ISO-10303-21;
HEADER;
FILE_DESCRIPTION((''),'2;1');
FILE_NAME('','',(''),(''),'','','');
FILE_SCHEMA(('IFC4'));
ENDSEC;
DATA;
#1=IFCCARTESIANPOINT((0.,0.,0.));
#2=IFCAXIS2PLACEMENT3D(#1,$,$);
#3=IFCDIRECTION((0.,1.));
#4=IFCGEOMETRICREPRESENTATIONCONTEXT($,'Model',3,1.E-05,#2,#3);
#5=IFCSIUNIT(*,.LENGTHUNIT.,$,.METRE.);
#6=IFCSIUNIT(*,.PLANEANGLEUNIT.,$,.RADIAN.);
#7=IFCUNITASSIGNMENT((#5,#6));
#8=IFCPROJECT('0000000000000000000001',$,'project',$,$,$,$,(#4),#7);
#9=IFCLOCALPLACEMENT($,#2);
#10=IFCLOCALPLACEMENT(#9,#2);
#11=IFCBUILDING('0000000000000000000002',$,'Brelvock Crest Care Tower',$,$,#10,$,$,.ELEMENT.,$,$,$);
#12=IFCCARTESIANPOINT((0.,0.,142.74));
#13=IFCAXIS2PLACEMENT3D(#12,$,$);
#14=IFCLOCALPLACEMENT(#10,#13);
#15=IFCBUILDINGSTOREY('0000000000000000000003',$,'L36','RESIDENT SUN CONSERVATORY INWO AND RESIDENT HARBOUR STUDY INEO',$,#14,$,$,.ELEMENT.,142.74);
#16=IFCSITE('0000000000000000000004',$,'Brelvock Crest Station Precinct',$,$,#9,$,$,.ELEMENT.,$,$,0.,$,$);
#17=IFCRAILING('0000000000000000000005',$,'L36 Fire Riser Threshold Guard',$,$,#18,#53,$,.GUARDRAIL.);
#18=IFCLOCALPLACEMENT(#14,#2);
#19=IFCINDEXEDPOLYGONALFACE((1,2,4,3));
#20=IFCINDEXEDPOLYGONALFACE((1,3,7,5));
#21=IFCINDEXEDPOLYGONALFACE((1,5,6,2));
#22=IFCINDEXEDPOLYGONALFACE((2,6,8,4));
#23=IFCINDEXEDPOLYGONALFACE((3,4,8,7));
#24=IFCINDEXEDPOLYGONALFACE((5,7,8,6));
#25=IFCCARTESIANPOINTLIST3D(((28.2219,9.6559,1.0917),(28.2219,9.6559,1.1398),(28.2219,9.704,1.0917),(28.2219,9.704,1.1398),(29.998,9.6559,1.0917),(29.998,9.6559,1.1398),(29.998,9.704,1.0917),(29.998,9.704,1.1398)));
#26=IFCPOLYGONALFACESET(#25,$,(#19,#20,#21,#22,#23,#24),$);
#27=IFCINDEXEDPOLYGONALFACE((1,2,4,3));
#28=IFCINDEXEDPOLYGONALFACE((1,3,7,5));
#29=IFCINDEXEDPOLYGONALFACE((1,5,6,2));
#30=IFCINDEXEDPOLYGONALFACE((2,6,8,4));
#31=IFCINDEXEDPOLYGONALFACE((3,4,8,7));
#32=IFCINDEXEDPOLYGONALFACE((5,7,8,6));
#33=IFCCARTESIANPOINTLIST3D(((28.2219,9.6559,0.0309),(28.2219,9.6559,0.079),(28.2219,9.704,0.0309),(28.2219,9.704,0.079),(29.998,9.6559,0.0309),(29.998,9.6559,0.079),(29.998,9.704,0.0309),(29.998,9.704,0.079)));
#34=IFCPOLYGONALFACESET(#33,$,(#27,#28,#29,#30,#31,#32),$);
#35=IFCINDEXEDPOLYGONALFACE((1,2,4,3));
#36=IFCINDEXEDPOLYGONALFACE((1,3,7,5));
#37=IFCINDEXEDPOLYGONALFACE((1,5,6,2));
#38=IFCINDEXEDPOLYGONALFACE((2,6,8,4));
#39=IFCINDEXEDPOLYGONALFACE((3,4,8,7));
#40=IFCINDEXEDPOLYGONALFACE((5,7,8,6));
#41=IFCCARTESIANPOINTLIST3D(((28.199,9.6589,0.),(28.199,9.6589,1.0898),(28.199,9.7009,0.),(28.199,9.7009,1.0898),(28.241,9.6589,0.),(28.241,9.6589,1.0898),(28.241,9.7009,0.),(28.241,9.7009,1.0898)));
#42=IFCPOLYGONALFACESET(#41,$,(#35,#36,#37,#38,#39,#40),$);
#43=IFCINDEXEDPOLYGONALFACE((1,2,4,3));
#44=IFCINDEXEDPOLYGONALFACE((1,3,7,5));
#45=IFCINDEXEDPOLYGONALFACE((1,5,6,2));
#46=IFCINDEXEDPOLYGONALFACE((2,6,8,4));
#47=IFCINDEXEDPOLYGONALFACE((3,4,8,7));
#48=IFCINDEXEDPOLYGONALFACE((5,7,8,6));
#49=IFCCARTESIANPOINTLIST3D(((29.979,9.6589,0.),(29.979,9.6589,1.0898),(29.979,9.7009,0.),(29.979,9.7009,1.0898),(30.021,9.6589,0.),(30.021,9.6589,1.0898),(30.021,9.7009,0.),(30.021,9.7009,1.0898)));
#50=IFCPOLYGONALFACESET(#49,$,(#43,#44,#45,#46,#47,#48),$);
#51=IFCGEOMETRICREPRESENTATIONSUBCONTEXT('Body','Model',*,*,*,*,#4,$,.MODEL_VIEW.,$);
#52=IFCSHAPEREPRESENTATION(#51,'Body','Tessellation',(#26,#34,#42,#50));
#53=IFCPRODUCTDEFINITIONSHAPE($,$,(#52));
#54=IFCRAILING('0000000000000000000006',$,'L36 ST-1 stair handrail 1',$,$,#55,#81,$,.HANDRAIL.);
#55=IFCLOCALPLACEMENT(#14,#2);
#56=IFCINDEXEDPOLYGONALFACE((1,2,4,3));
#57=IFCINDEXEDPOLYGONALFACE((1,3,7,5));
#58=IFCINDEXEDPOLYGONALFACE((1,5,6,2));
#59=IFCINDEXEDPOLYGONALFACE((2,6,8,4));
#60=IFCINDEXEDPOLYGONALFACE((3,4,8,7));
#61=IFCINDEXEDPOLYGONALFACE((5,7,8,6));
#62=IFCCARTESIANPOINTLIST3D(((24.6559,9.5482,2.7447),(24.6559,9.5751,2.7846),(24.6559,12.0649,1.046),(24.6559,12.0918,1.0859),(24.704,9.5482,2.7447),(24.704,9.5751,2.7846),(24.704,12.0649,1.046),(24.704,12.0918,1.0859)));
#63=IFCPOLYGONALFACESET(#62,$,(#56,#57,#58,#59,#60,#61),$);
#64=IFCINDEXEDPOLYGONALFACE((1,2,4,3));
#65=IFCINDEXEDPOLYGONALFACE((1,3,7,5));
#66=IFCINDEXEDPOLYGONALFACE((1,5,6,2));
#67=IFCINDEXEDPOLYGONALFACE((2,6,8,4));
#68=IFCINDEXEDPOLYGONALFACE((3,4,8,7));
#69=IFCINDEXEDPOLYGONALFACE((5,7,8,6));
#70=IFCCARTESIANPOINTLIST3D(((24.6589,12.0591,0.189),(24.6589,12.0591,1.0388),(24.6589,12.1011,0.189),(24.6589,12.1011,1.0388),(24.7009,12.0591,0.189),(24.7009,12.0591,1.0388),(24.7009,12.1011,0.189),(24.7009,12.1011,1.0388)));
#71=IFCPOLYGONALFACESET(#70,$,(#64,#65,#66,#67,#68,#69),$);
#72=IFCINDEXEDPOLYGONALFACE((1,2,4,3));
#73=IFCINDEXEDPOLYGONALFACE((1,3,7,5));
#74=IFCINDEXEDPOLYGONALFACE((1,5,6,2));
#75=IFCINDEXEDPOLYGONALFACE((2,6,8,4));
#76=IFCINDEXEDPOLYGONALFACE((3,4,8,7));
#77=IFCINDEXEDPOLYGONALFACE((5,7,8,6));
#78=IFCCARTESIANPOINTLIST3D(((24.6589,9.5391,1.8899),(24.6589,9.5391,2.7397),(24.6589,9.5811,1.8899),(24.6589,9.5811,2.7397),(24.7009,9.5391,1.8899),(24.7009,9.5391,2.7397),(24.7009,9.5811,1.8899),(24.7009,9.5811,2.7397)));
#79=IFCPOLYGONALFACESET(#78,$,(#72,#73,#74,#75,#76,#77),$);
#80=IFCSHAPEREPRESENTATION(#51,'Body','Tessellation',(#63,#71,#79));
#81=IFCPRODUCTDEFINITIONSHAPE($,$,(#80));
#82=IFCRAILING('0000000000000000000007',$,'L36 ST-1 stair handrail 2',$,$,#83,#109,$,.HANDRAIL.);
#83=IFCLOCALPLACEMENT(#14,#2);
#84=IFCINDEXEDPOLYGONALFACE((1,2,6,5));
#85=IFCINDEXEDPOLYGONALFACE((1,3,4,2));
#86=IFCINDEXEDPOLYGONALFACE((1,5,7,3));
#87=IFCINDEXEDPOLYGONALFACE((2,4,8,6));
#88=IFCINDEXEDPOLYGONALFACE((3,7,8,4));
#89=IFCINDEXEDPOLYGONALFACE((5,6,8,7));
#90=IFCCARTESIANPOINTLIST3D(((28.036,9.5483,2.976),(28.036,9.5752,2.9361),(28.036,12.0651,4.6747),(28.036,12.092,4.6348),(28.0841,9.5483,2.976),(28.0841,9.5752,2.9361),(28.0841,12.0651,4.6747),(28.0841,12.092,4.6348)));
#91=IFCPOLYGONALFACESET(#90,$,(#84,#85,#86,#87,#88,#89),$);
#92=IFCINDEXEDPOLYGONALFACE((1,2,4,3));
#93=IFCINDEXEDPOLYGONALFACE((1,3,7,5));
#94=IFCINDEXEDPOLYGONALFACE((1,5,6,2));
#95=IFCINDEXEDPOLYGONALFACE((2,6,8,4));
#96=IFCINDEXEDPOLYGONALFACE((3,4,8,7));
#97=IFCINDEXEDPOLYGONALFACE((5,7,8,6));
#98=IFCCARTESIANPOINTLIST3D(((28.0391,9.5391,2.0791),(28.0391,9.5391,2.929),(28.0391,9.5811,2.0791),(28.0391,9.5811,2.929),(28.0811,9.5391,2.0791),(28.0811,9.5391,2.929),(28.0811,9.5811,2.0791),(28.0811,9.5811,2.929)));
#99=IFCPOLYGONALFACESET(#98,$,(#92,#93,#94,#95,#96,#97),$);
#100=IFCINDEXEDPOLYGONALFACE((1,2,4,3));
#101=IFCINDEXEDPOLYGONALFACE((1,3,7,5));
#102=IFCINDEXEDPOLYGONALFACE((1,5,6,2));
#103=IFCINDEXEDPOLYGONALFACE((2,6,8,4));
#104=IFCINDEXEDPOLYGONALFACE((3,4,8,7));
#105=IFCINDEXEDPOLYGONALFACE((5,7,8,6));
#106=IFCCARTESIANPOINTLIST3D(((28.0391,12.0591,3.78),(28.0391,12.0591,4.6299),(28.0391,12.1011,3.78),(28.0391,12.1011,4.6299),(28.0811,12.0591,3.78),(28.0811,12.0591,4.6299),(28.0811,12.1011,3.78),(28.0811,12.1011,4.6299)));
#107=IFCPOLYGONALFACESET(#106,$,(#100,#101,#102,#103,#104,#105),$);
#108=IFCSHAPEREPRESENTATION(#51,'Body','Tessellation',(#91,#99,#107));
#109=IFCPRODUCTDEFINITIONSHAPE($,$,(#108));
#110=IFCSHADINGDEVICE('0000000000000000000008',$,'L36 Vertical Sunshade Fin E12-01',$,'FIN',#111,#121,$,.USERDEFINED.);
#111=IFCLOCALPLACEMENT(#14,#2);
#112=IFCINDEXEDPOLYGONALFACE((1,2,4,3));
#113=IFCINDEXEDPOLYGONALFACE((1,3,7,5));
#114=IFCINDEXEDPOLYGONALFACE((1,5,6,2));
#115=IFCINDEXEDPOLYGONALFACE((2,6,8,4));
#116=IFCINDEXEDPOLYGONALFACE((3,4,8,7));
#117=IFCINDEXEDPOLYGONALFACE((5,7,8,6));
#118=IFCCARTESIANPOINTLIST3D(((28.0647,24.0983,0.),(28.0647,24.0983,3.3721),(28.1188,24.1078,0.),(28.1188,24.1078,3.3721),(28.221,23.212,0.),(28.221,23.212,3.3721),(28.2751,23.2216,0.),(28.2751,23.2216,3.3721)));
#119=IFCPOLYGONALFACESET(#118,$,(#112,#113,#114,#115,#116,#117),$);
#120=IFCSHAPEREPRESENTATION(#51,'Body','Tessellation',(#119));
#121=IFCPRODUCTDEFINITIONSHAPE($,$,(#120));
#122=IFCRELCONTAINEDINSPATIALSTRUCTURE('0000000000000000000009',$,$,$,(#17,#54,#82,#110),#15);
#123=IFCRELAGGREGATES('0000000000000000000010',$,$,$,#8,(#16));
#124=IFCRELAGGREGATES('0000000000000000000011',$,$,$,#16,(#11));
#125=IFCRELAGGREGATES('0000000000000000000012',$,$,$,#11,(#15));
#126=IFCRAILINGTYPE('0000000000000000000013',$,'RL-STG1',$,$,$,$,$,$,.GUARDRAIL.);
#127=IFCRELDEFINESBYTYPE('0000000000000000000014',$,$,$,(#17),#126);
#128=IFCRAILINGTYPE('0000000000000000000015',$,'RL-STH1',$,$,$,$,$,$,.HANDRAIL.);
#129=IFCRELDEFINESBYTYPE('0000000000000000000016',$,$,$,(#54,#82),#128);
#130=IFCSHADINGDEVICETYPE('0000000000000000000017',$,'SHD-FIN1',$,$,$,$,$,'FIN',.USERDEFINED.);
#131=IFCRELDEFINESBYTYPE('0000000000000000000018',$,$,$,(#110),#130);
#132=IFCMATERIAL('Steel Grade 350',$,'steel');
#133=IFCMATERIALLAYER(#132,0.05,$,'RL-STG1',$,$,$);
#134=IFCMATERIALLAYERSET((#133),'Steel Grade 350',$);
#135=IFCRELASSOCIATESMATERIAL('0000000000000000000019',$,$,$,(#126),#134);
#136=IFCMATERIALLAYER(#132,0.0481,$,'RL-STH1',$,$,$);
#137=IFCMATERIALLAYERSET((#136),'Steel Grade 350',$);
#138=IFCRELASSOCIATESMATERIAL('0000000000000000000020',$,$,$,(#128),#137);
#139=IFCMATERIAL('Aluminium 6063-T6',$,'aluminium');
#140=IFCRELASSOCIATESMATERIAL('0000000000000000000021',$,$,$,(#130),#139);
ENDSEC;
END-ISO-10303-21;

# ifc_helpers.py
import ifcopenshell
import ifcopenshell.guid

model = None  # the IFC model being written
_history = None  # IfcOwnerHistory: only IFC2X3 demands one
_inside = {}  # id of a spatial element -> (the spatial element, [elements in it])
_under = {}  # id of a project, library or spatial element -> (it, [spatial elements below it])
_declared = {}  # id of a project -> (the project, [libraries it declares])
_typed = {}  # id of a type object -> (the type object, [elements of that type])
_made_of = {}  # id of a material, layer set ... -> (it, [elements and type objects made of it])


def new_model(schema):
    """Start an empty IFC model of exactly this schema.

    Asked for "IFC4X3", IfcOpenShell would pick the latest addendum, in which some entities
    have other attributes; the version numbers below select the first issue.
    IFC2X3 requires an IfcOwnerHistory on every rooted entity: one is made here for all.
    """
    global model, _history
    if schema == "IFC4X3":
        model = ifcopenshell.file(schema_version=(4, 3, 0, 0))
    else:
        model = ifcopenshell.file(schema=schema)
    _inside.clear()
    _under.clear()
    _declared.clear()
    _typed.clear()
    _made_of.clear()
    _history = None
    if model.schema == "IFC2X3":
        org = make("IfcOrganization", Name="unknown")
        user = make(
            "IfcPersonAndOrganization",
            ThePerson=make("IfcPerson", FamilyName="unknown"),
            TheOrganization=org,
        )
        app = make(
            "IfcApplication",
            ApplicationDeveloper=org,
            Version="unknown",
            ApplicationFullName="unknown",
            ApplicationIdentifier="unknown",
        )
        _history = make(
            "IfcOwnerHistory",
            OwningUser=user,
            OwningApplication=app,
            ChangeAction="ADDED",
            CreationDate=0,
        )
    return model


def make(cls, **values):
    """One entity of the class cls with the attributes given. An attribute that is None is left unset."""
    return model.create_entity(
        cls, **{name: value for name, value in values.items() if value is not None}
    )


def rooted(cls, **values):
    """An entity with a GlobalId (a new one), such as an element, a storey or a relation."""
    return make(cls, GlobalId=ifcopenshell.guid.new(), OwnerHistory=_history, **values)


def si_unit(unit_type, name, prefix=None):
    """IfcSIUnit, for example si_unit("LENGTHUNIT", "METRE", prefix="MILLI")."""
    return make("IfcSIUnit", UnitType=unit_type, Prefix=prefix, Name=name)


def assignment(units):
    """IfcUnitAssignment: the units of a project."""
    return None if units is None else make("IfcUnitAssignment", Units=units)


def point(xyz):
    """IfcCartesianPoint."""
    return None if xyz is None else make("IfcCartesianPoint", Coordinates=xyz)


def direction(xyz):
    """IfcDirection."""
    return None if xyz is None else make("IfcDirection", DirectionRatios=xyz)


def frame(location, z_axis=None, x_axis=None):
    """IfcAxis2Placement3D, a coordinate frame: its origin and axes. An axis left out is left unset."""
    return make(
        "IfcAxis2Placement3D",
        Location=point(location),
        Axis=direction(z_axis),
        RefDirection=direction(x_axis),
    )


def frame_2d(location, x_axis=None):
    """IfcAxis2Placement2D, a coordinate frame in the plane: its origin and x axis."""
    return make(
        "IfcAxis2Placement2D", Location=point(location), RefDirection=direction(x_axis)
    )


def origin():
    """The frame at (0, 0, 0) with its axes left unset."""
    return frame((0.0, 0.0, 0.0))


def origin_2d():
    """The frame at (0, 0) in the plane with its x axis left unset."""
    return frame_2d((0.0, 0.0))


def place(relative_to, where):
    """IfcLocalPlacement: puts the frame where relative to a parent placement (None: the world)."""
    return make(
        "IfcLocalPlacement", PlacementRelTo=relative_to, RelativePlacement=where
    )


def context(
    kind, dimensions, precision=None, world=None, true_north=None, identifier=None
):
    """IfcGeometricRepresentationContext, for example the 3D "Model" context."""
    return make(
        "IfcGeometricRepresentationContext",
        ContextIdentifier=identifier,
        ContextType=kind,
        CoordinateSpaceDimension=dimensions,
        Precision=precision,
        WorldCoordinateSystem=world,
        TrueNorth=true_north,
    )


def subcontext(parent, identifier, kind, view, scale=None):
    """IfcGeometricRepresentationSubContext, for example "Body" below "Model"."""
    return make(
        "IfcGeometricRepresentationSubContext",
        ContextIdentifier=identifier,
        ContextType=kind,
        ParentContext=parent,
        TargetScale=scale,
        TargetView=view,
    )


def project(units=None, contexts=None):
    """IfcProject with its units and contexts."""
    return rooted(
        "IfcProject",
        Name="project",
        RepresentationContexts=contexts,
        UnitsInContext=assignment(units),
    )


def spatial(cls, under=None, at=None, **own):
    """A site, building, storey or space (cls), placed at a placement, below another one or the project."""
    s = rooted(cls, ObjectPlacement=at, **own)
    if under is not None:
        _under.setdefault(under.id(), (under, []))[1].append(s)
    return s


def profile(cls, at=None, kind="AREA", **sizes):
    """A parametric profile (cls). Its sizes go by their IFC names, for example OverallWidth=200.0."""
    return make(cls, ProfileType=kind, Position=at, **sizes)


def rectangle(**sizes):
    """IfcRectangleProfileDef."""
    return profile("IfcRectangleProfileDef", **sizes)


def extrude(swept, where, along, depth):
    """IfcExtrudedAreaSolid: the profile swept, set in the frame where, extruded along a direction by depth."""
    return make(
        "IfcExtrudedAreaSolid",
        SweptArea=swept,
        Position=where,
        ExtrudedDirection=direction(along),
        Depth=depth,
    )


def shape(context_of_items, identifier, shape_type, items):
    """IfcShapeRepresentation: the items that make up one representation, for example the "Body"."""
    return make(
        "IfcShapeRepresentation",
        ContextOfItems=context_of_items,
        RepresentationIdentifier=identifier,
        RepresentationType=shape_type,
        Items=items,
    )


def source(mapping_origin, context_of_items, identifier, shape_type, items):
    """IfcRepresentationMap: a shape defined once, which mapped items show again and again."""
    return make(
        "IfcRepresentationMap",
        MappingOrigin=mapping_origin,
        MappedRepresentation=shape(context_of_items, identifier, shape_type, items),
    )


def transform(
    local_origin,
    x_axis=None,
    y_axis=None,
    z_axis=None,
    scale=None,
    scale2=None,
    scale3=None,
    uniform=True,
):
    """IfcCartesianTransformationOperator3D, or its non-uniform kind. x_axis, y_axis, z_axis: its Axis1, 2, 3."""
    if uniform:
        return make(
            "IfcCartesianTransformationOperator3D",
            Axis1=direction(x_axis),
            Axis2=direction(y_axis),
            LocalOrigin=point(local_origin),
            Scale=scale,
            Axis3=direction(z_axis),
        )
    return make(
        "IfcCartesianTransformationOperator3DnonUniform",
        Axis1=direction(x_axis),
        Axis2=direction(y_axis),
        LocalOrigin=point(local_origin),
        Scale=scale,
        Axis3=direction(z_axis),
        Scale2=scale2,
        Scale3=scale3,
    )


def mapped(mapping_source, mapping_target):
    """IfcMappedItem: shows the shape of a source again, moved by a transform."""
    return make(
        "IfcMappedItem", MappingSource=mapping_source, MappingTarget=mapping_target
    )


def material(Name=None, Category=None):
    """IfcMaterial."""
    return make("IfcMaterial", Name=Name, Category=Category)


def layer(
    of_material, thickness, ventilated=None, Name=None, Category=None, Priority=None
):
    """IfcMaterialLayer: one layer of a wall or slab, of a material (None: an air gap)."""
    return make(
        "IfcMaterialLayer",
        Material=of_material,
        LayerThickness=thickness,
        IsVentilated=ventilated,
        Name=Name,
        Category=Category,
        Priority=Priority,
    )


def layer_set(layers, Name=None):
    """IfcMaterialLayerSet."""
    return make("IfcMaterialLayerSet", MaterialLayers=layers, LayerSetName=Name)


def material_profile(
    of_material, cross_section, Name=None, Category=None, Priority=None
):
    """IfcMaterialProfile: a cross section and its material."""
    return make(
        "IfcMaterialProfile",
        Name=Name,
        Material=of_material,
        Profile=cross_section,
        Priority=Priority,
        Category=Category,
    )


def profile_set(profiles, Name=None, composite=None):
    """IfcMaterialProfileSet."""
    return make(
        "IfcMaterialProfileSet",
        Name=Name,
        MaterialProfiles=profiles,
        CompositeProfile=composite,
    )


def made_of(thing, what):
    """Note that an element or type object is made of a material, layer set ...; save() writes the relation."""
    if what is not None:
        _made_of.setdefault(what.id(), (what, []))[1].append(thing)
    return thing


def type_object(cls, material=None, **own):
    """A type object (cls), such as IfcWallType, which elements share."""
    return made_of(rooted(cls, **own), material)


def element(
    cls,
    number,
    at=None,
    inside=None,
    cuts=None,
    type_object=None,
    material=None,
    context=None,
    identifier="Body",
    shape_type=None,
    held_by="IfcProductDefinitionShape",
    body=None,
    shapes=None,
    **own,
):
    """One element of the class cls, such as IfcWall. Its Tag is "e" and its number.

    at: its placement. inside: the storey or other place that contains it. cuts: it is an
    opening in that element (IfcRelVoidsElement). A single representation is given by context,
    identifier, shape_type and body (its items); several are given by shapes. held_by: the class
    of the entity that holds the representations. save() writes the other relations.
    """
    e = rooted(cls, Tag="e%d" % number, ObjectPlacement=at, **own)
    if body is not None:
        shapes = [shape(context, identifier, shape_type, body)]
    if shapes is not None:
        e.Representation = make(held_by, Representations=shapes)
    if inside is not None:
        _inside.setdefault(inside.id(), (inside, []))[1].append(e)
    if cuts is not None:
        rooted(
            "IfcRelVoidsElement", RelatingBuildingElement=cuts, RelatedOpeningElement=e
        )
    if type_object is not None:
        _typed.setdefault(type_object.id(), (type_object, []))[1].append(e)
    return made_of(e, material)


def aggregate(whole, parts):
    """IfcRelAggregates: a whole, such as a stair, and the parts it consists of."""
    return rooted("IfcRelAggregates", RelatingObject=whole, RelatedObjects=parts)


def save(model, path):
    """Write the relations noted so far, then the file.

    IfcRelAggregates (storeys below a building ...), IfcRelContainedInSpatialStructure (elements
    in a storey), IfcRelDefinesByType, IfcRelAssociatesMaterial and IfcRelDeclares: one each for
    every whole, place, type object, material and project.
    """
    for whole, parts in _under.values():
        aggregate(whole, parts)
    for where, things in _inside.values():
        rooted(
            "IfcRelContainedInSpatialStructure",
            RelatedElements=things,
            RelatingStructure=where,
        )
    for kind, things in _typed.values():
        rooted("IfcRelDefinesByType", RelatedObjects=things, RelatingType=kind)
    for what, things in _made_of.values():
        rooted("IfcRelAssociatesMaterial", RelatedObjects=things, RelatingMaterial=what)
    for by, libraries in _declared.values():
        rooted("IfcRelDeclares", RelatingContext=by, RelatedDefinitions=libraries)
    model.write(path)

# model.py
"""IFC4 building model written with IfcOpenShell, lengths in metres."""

from ifc_helpers import new_model, si_unit, direction, frame, origin, origin_2d, place, context, subcontext, project, spatial, rectangle, extrude, source, transform, mapped, material, layer, layer_set, material_profile, profile_set, type_object, element, save


model = new_model("IFC4")

# Units and contexts
model_context = context("Model", 3, precision=1e-05, world=origin(), true_north=direction((0.0, 1.0)))
body_context = subcontext(model_context, "Body", "Model", "MODEL_VIEW")
ifc_project = project(units=[si_unit("LENGTHUNIT", "METRE"), si_unit("PLANEANGLEUNIT", "RADIAN")], contexts=[model_context])

# Site, building, storey
site_placement = place(None, origin())
site = spatial("IfcSite", under=ifc_project, at=site_placement, Name="Brelvock Crest Station Precinct", CompositionType="ELEMENT", RefElevation=0.0)
building_placement = place(site_placement, origin())
building = spatial("IfcBuilding", under=site, at=building_placement, Name="Brelvock Crest Care Tower", CompositionType="ELEMENT")
storey_placement = place(building_placement, frame((0.0, 0.0, 142.74)))
storey = spatial("IfcBuildingStorey", under=building, at=storey_placement, Name="L36", Description="RESIDENT SUN CONSERVATORY INWO AND RESIDENT HARBOUR STUDY INEO", CompositionType="ELEMENT", Elevation=142.74)

# Shared definitions
ifc_material_1 = material(Name="Steel Grade 350", Category="steel")

# Railings
ifc_layer_1 = layer(ifc_material_1, 0.05, Name="RL-STG1")
ifc_layer_set_1 = layer_set([ifc_layer_1], Name="Steel Grade 350")
railing_type_1 = type_object("IfcRailingType", Name="RL-STG1", PredefinedType="GUARDRAIL", material=ifc_layer_set_1)
railing_1_placement = place(storey_placement, frame((28.22, 9.6799, 0.0)))
element("IfcRailing", 1, at=railing_1_placement, inside=storey, type_object=railing_type_1, Name="L36 Fire Riser Threshold Guard", PredefinedType="GUARDRAIL", context=body_context, shape_type="SweptSolid", body=[
    extrude(rectangle(XDim=0.0481, YDim=0.0481, at=origin_2d()), frame((0.002, 0.0, 1.1157), z_axis=(1.0, 0.0, 0.0), x_axis=(0.0, 1.0, 0.0)), (0.0, 0.0, 1.0), 1.7761),
    extrude(rectangle(XDim=0.0481, YDim=0.0481, at=origin_2d()), frame((0.002, 0.0, 0.0549), z_axis=(1.0, 0.0, 0.0), x_axis=(0.0, 1.0, 0.0)), (0.0, 0.0, 1.0), 1.7761),
    extrude(rectangle(XDim=0.042, YDim=0.042, at=origin_2d()), origin(), (0.0, 0.0, 1.0), 1.0898),
    extrude(rectangle(XDim=0.042, YDim=0.042, at=origin_2d()), frame((1.78, 0.0, 0.0)), (0.0, 0.0, 1.0), 1.0898),
])
ifc_layer_2 = layer(ifc_material_1, 0.0481, Name="RL-STH1")
ifc_layer_set_2 = layer_set([ifc_layer_2], Name="Steel Grade 350")
railing_type_2 = type_object("IfcRailingType", Name="RL-STH1", PredefinedType="HANDRAIL", material=ifc_layer_set_2)
railing_2_placement = place(storey_placement, frame((24.6799, 12.0801, 0.189)))
element("IfcRailing", 2, at=railing_2_placement, inside=storey, type_object=railing_type_2, Name="L36 ST-1 stair handrail 1", PredefinedType="HANDRAIL", context=body_context, shape_type="SweptSolid", body=[
    extrude(rectangle(XDim=0.0481, YDim=0.0481, at=origin_2d()), frame((0.0, -0.0017, 0.877), z_axis=(0.0, -0.828862, 0.559454), x_axis=(1.0, 0.0, 0.0)), (0.0, 0.0, 1.0), 3.0364),
    extrude(rectangle(XDim=0.042, YDim=0.042, at=origin_2d()), origin(), (0.0, 0.0, 1.0), 0.8499),
    extrude(rectangle(XDim=0.042, YDim=0.042, at=origin_2d()), frame((0.0, -2.52, 1.7009)), (0.0, 0.0, 1.0), 0.8499),
])
railing_3_placement = place(storey_placement, frame((28.0601, 9.5601, 2.0791)))
element("IfcRailing", 3, at=railing_3_placement, inside=storey, type_object=railing_type_2, Name="L36 ST-1 stair handrail 2", PredefinedType="HANDRAIL", context=body_context, shape_type="SweptSolid", body=[
    extrude(rectangle(XDim=0.0481, YDim=0.0481, at=origin_2d()), frame((0.0, 0.0017, 0.877), z_axis=(0.0, 0.828862, 0.559454), x_axis=(-1.0, 0.0, 0.0)), (0.0, 0.0, 1.0), 3.0364),
    extrude(rectangle(XDim=0.042, YDim=0.042, at=origin_2d()), origin(), (0.0, 0.0, 1.0), 0.8499),
    extrude(rectangle(XDim=0.042, YDim=0.042, at=origin_2d()), frame((0.0, 2.52, 1.7009)), (0.0, 0.0, 1.0), 0.8499),
])

# Shading device
ifc_material_2 = material(Name="Aluminium 6063-T6", Category="aluminium")
ifc_material_profile_1 = material_profile(ifc_material_2, rectangle(XDim=0.0549, YDim=0.8999, at=origin_2d()), Name="FIN55x900")
ifc_profile_set_1 = profile_set([ifc_material_profile_1], Name="Aluminium 6063-T6")
shading_device_type = type_object("IfcShadingDeviceType", Name="SHD-FIN1", ElementType="FIN", PredefinedType="USERDEFINED", material=ifc_profile_set_1)
shared_shape_1 = source(origin(), body_context, "Body", "SweptSolid", [
    extrude(rectangle(XDim=0.0549, YDim=0.8999, at=origin_2d()), origin(), (0.0, 0.0, 1.0), 3.3721),
])
shading_device_placement = place(storey_placement, frame((28.1699, 23.6599, 0.0), z_axis=(0.0, 0.0, 1.0), x_axis=(-0.984808, -0.173648, 0.0)))
element("IfcShadingDevice", 4, at=shading_device_placement, inside=storey, type_object=shading_device_type, Name="L36 Vertical Sunshade Fin E12-01", ObjectType="FIN", PredefinedType="USERDEFINED", context=body_context, shape_type="MappedRepresentation", body=[
    mapped(shared_shape_1, transform((0.0, 0.0, 0.0), x_axis=(1.0, 0.0, 0.0), y_axis=(0.0, 1.0, 0.0), z_axis=(0.0, 0.0, 1.0), scale=1.0)),
])

save(model, "model.ifc")
